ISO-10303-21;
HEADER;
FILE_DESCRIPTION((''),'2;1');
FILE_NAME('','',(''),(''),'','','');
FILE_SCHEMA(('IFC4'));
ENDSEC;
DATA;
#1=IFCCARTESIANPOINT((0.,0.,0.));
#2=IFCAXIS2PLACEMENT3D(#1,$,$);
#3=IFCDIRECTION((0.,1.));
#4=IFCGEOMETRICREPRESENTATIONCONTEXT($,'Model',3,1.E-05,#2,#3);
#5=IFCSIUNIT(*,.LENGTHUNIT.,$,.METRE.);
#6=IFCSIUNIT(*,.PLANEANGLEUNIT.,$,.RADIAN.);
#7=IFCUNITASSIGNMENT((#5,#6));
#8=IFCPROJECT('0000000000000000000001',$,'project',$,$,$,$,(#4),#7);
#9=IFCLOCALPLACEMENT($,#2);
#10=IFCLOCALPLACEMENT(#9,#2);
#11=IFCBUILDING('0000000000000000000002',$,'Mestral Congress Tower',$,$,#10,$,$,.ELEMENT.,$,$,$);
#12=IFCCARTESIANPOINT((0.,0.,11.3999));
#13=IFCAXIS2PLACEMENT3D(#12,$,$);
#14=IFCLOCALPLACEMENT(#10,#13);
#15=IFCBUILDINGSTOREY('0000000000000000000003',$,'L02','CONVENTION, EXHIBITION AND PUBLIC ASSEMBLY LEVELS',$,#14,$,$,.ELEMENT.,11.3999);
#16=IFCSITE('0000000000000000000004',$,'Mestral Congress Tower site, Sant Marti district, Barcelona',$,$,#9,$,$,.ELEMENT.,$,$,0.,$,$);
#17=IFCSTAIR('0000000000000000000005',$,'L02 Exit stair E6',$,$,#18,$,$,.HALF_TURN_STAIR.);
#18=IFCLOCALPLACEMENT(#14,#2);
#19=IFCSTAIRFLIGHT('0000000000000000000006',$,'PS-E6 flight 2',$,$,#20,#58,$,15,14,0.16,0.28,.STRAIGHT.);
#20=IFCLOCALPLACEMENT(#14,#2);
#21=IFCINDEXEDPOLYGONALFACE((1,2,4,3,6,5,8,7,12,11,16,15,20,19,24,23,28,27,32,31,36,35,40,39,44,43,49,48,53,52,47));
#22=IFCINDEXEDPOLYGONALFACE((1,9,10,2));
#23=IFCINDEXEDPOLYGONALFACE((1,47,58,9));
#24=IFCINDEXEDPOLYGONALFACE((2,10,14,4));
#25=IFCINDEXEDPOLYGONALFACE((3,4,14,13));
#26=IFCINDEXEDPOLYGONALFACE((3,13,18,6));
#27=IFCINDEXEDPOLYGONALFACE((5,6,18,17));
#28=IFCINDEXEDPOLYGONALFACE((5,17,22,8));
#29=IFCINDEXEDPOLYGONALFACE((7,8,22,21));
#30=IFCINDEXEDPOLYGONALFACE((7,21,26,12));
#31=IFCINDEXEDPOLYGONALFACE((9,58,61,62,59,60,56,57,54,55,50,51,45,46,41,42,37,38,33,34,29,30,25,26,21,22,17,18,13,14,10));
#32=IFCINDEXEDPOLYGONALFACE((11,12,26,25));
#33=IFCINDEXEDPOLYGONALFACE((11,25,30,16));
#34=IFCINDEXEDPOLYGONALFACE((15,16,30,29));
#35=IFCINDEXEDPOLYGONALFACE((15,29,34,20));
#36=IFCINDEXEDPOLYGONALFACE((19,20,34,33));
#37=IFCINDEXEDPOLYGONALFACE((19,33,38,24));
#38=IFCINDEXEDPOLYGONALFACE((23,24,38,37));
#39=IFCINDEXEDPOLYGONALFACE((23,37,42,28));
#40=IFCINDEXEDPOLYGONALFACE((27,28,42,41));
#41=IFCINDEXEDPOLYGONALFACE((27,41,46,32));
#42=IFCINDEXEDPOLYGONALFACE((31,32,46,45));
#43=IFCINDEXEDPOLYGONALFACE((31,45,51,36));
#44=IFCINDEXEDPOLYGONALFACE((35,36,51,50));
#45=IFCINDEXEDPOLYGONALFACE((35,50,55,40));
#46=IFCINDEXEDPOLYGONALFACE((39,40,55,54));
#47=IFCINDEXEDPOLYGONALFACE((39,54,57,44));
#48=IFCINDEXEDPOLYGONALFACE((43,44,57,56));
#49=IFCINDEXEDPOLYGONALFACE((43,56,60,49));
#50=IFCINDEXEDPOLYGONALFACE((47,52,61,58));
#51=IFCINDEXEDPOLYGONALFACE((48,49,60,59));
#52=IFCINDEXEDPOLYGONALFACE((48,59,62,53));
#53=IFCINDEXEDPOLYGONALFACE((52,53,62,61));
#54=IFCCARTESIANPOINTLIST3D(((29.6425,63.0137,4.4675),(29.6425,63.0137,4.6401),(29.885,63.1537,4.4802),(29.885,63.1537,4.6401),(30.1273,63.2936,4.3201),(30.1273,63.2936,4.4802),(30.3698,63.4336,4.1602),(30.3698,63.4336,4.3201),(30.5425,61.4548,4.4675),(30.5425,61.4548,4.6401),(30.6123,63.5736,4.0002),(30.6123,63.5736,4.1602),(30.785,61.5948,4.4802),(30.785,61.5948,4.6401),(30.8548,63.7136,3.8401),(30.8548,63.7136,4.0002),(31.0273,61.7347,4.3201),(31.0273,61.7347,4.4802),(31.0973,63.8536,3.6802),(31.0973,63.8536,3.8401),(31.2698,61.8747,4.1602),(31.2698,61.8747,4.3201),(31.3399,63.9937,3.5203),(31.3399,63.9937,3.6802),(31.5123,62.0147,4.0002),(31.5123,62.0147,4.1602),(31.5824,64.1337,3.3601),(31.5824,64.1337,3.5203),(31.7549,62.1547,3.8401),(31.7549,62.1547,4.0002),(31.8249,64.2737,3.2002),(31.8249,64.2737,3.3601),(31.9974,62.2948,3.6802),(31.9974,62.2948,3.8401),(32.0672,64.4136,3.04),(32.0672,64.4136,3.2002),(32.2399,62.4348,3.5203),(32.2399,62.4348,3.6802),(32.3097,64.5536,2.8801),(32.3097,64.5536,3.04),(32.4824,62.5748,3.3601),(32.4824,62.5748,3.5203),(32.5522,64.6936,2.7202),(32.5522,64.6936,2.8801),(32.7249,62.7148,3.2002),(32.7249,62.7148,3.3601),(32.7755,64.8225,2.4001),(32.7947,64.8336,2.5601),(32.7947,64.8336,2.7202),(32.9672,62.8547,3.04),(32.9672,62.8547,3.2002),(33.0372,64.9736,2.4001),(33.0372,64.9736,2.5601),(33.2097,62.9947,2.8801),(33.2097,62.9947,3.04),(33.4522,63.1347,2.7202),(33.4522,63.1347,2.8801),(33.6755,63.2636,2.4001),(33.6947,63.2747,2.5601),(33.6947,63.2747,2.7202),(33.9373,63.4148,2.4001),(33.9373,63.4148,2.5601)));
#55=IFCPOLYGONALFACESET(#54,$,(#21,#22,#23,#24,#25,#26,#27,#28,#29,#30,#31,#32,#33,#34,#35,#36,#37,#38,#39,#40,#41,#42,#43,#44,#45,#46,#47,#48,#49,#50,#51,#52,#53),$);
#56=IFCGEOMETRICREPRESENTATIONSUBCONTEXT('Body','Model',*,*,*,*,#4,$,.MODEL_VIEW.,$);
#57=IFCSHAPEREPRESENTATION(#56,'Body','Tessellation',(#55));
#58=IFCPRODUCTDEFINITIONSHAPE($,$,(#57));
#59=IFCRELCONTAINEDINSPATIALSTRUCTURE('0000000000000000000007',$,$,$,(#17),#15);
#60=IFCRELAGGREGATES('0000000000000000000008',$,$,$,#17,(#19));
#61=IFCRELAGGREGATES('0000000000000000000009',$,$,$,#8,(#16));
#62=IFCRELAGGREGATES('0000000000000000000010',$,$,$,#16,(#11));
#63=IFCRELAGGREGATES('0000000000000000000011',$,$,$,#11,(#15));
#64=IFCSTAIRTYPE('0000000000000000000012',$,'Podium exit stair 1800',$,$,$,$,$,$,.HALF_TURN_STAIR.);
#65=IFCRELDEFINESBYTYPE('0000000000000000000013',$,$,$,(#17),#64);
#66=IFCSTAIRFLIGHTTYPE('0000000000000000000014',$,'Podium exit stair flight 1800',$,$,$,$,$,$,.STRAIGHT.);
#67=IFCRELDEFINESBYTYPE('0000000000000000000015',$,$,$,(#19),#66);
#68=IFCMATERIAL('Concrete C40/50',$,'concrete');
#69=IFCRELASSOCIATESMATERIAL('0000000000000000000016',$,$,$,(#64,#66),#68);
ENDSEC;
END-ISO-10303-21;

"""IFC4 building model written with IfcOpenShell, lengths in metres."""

from ifc_helpers import new_model, si_unit, direction, frame, origin, place, context, subcontext, project, spatial, polyline, outline, extrude, material, type_object, element, aggregate, save


model = new_model("IFC4")

# Units and contexts
model_context = context("Model", 3, precision=1e-05, world=origin(), true_north=direction((0.0, 1.0)))
body_context = subcontext(model_context, "Body", "Model", "MODEL_VIEW")
ifc_project = project(units=[si_unit("LENGTHUNIT", "METRE"), si_unit("PLANEANGLEUNIT", "RADIAN")], contexts=[model_context])

# Site, building, storey
site_placement = place(None, origin())
site = spatial("IfcSite", under=ifc_project, at=site_placement, Name="Mestral Congress Tower site, Sant Marti district, Barcelona", CompositionType="ELEMENT", RefElevation=0.0)
building_placement = place(site_placement, origin())
building = spatial("IfcBuilding", under=site, at=building_placement, Name="Mestral Congress Tower", CompositionType="ELEMENT")
storey_placement = place(building_placement, frame((0.0, 0.0, 11.3999)))
storey = spatial("IfcBuildingStorey", under=building, at=storey_placement, Name="L02", Description="CONVENTION, EXHIBITION AND PUBLIC ASSEMBLY LEVELS", CompositionType="ELEMENT", Elevation=11.3999)

# Shared definitions
ifc_material_1 = material(Name="Concrete C40/50", Category="concrete")
stair_type = type_object("IfcStairType", Name="Podium exit stair 1800", PredefinedType="HALF_TURN_STAIR", material=ifc_material_1)
placement = place(storey_placement, origin())
stair_flight_type = type_object("IfcStairFlightType", Name="Podium exit stair flight 1800", PredefinedType="STRAIGHT", material=ifc_material_1)

# Stair, stair flight
stair_1 = element("IfcStair", 1, at=placement, inside=storey, type_object=stair_type, Name="L02 Exit stair E6", PredefinedType="HALF_TURN_STAIR")
stair_flight_1_placement = place(storey_placement, frame((33.4873, 64.1941, 2.4001), z_axis=(0.0, 0.0, 1.0), x_axis=(-0.866025, -0.5, 0.0)))
stair_flight_1 = element("IfcStairFlight", 2, at=stair_flight_1_placement, type_object=stair_flight_type, Name="PS-E6 flight 2", NumberOfRisers=15, NumberOfTreads=14, PredefinedType="STRAIGHT", RiserHeight=0.16, TreadLength=0.28, context=body_context, shape_type="SweptSolid", body=[
    extrude(outline(polyline([(0.0, 0.0), (0.0, 0.1599), (0.28, 0.1599), (0.28, 0.3201), (0.5601, 0.3201), (0.5601, 0.48), (0.8401, 0.48), (0.8401, 0.6399), (1.1201, 0.6399), (1.1201, 0.8), (1.3999, 0.8), (1.3999, 0.96), (1.6799, 0.96), (1.6799, 1.1201), (1.96, 1.1201), (1.96, 1.28), (2.24, 1.28), (2.24, 1.4399), (2.52, 1.4399), (2.52, 1.6001), (2.8, 1.6001), (2.8, 1.76), (3.0801, 1.76), (3.0801, 1.9199), (3.3601, 1.9199), (3.3601, 2.0801), (3.6399, 2.0801), (3.6399, 2.24), (3.9199, 2.24), (3.9199, 2.3999), (3.9199, 2.0674), (0.3022, 0.0), (0.0, 0.0)])), frame((0.0, 0.8999, 0.0), z_axis=(0.0, -1.0, 0.0), x_axis=(1.0, 0.0, 0.0)), (0.0, 0.0, 1.0), 1.8),
])
aggregate(stair_1, [stair_flight_1])

save(model, "model.ifc")
